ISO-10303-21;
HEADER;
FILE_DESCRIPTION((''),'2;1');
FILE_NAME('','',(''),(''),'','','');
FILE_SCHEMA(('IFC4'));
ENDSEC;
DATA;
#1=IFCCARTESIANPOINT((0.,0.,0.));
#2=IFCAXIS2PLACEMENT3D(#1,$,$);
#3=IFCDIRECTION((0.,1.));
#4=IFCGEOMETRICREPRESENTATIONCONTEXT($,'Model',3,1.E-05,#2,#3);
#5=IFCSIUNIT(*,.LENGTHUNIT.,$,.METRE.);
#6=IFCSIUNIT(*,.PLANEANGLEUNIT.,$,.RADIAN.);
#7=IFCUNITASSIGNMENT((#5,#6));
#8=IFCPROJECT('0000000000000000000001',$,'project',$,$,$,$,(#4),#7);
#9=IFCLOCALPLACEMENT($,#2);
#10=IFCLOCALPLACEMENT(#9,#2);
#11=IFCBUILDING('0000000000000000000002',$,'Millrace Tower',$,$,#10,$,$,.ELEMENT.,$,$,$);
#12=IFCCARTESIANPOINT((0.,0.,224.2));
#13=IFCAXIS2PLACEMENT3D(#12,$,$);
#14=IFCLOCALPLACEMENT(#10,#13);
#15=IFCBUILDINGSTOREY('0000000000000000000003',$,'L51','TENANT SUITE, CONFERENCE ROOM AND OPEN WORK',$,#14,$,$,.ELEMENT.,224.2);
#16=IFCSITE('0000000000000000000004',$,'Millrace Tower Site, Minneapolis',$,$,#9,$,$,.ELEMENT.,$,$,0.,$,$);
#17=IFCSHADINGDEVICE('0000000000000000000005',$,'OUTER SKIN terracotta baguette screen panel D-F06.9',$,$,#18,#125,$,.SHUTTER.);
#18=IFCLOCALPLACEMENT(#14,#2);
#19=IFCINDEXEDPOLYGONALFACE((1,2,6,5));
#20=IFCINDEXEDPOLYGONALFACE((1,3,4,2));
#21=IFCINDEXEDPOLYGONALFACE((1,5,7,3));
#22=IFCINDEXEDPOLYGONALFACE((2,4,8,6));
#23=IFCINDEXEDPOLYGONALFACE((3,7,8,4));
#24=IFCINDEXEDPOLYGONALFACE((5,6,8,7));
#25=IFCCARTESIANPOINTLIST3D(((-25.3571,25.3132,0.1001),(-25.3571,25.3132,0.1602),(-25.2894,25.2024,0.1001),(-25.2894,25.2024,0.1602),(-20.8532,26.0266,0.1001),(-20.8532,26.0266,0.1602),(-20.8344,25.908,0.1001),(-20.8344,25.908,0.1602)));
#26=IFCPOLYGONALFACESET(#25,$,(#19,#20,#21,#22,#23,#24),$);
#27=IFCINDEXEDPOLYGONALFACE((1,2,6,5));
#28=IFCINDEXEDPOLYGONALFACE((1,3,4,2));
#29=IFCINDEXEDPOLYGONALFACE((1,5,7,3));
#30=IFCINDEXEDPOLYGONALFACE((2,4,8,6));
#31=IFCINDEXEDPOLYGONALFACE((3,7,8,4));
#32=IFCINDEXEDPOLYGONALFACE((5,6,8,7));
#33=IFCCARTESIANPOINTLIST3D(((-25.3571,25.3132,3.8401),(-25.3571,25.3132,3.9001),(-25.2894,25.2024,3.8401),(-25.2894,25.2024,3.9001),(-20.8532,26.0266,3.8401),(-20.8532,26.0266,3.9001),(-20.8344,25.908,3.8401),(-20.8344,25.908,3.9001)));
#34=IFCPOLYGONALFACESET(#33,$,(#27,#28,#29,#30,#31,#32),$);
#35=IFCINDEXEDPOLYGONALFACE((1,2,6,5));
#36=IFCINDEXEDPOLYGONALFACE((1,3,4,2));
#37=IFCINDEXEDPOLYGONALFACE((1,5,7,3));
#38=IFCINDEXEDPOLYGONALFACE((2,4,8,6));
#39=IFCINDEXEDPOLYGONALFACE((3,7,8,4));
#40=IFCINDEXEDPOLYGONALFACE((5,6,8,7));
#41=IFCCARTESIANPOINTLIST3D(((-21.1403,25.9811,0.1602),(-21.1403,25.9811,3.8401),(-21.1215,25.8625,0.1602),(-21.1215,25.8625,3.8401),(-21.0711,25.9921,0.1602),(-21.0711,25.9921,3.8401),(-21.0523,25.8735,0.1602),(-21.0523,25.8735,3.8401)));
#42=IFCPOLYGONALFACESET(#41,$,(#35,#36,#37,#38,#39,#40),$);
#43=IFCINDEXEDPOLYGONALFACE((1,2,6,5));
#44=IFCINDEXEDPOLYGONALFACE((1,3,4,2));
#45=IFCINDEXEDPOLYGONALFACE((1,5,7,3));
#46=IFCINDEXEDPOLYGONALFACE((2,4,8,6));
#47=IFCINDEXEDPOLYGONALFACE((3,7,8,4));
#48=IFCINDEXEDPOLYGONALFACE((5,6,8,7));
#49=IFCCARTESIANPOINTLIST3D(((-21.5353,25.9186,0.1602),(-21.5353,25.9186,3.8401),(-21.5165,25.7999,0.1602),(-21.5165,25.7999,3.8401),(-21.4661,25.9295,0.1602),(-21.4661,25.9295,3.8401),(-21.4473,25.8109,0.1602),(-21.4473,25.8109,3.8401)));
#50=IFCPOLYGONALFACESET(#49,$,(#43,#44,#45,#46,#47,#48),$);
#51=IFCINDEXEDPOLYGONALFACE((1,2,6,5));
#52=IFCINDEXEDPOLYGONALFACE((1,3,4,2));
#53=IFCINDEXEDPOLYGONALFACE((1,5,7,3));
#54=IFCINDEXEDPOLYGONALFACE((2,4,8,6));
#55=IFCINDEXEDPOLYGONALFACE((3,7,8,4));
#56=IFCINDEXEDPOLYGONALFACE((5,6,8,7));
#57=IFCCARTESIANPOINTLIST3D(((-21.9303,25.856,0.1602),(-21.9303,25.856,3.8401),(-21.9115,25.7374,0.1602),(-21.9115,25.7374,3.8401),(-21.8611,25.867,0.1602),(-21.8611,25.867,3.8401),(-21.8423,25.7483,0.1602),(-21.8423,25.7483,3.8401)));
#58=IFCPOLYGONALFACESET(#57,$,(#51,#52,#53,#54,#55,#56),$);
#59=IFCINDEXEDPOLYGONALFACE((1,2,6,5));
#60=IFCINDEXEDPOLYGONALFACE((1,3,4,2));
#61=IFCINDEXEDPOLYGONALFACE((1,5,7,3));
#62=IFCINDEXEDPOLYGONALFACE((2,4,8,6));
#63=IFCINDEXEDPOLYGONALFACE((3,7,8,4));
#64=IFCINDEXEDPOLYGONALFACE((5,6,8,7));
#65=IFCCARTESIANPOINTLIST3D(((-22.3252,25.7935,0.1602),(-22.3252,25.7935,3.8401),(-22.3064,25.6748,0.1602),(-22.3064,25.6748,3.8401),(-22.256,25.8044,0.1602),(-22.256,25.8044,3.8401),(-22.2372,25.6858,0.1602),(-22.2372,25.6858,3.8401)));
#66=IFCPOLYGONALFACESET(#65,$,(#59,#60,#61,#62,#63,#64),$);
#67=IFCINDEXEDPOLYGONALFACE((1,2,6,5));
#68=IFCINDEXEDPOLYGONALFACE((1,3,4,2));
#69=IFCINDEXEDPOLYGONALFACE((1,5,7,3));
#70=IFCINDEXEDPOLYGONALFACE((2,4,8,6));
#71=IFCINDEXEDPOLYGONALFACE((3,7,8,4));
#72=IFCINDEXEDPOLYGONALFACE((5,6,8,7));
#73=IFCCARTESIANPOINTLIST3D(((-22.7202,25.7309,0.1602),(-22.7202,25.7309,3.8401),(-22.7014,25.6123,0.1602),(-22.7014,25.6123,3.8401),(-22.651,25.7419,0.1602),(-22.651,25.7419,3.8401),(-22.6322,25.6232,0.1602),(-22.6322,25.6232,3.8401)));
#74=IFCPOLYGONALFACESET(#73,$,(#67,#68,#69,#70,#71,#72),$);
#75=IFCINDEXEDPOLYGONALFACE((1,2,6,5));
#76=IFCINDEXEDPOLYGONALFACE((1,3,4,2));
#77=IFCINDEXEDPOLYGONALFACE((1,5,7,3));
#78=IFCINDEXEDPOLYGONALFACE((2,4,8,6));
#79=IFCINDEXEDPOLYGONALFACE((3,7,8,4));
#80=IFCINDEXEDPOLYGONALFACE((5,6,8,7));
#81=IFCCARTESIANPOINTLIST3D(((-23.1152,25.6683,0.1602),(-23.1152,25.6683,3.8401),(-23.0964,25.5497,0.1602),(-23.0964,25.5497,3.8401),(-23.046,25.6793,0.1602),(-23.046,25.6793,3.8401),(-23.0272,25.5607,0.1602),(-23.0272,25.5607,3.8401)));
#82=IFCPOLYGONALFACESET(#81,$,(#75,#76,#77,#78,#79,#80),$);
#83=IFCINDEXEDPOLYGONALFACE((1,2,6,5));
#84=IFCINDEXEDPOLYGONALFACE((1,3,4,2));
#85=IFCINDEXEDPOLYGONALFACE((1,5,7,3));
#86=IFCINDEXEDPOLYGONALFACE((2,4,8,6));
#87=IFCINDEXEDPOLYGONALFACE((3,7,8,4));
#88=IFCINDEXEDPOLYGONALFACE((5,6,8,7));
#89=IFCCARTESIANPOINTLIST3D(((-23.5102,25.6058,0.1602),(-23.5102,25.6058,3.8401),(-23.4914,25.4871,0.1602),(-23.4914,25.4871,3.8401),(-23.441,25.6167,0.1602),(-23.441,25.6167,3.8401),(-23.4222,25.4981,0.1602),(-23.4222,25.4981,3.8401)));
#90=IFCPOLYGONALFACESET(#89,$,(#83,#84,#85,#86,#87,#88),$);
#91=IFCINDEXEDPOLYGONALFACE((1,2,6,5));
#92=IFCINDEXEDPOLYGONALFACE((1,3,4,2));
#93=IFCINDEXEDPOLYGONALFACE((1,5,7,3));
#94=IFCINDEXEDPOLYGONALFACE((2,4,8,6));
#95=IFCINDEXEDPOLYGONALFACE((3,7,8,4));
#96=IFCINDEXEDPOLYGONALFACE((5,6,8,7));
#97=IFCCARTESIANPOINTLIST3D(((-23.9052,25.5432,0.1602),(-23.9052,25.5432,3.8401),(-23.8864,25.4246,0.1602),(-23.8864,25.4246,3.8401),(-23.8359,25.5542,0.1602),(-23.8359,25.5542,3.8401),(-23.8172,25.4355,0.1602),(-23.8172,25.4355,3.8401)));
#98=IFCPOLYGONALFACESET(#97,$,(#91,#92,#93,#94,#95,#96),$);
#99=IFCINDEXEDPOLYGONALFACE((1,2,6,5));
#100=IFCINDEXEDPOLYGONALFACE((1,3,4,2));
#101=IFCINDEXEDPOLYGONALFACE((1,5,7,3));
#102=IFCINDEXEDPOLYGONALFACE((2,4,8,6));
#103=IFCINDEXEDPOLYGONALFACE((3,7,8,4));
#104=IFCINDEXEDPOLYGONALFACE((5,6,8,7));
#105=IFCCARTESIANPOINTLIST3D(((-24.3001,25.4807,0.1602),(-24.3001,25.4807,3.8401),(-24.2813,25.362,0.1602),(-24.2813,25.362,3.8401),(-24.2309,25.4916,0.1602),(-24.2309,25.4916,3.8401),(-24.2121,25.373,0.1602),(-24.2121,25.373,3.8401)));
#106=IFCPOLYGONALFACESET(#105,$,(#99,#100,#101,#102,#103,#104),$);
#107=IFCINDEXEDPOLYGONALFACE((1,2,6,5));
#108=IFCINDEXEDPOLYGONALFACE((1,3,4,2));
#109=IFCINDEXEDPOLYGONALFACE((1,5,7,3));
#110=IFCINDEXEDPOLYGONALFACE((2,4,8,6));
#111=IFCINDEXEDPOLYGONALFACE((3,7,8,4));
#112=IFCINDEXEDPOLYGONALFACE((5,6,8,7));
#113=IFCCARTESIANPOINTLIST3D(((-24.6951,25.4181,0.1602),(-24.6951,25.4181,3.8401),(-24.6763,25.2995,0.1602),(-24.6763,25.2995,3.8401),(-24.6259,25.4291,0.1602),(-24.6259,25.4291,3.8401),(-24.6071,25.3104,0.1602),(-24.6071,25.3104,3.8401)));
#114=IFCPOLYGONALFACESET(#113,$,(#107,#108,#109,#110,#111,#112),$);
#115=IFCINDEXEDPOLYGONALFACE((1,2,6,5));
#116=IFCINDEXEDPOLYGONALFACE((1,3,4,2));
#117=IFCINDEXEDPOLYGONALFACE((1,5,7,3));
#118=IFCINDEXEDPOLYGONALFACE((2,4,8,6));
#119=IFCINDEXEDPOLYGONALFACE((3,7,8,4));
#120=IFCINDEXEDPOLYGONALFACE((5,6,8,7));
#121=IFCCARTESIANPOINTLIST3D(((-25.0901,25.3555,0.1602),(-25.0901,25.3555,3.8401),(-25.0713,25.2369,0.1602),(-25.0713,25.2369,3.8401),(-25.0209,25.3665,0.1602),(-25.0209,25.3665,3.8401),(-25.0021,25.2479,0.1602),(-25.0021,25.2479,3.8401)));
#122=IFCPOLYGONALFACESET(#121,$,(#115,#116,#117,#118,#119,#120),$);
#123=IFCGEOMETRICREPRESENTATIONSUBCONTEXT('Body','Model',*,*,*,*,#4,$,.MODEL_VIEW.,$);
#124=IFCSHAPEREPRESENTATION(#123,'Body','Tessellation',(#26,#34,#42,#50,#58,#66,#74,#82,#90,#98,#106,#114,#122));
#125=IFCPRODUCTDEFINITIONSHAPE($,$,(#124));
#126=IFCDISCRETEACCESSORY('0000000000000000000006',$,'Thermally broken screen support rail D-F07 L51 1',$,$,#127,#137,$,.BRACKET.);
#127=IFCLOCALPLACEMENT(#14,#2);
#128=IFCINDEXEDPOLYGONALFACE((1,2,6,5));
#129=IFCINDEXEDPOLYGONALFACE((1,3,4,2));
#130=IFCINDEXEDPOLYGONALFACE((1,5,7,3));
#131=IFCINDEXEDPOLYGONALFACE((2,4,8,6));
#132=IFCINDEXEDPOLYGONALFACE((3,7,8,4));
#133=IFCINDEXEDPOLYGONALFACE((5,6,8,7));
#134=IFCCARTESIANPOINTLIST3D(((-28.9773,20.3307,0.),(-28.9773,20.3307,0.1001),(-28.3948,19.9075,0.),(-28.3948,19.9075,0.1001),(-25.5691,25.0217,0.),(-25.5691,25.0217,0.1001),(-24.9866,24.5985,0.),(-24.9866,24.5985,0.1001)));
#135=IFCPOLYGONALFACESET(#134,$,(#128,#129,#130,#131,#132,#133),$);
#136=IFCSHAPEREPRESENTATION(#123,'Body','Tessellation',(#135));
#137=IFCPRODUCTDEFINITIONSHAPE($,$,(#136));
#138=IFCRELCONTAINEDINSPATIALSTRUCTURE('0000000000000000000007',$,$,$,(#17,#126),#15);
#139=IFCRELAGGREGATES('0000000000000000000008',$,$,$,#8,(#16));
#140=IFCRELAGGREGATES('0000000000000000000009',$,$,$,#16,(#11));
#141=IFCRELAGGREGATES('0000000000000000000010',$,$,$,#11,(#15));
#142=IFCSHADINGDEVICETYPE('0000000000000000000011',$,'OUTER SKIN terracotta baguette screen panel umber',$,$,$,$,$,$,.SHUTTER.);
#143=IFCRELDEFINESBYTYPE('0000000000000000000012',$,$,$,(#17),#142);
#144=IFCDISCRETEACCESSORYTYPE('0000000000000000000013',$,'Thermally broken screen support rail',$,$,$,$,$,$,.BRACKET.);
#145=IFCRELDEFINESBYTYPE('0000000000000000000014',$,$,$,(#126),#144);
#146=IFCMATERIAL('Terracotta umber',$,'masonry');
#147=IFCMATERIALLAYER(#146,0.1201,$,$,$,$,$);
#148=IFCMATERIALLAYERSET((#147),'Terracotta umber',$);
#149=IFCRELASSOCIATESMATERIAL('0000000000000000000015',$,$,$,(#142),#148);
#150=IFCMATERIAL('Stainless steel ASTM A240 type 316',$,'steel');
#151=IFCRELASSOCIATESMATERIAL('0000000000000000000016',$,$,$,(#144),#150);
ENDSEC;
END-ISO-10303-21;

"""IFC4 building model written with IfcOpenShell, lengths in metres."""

from ifc_helpers import new_model, entity, si_unit, direction, frame, frame_2d, origin, origin_2d, place, context, subcontext, project, spatial, rectangle, extrude, source, transform, mapped, material, layer, layer_set, type_object, element, save


model = new_model("IFC4")

# Units and contexts
model_context = context("Model", 3, precision=1e-05, world=origin(), true_north=direction((0.0, 1.0)))
body_context = subcontext(model_context, "Body", "Model", "MODEL_VIEW")
ifc_project = project(units=[si_unit("LENGTHUNIT", "METRE"), si_unit("PLANEANGLEUNIT", "RADIAN")], contexts=[model_context])

# Site, building, storey
site_placement = place(None, origin())
site = spatial("IfcSite", under=ifc_project, at=site_placement, Name="Millrace Tower Site, Minneapolis", CompositionType="ELEMENT", RefElevation=0.0)
building_placement = place(site_placement, origin())
building = spatial("IfcBuilding", under=site, at=building_placement, Name="Millrace Tower", CompositionType="ELEMENT")
storey_placement = place(building_placement, frame((0.0, 0.0, 224.2)))
storey = spatial("IfcBuildingStorey", under=building, at=storey_placement, Name="L51", Description="TENANT SUITE, CONFERENCE ROOM AND OPEN WORK", CompositionType="ELEMENT", Elevation=224.2)

# Shading device
ifc_material_1 = material(Name="Terracotta umber", Category="masonry")
ifc_layer_1 = layer(ifc_material_1, 0.1201)
ifc_layer_set_1 = layer_set([ifc_layer_1], Name="Terracotta umber")
shading_device_type = type_object("IfcShadingDeviceType", Name="OUTER SKIN terracotta baguette screen panel umber", PredefinedType="SHUTTER", material=ifc_layer_set_1)
cartesian_point_1 = entity("IfcCartesianPoint", [-2.2676, 0.0601])
shared_polyline_1 = entity("IfcPolyline", [cartesian_point_1, entity("IfcCartesianPoint", [2.2429, 0.0601]), entity("IfcCartesianPoint", [2.2925, -0.0601]), entity("IfcCartesianPoint", [-2.2676, -0.0601]), cartesian_point_1])
shared_shape_1 = source(origin(), body_context, "Body", "SweptSolid", [
    entity("IfcExtrudedAreaSolid", entity("IfcArbitraryClosedProfileDef", "AREA", None, shared_polyline_1), entity("IfcAxis2Placement3D", entity("IfcCartesianPoint", [0.0, 0.0, 0.0])), entity("IfcDirection", [0.0, 0.0, 1.0]), 0.0601),
    entity("IfcExtrudedAreaSolid", entity("IfcArbitraryClosedProfileDef", "AREA", None, shared_polyline_1), entity("IfcAxis2Placement3D", entity("IfcCartesianPoint", [0.0, 0.0, 3.74])), entity("IfcDirection", [0.0, 0.0, 1.0]), 0.0601),
    extrude(rectangle(XDim=0.0701, YDim=0.1201, at=frame_2d((-2.012, 0.0))), frame((0.0, 0.0, 0.0601)), (0.0, 0.0, 1.0), 3.6799),
    extrude(rectangle(XDim=0.0701, YDim=0.1201, at=frame_2d((-1.6121, 0.0))), frame((0.0, 0.0, 0.0601)), (0.0, 0.0, 1.0), 3.6799),
    extrude(rectangle(XDim=0.0701, YDim=0.1201, at=frame_2d((-1.2122, 0.0))), frame((0.0, 0.0, 0.0601)), (0.0, 0.0, 1.0), 3.6799),
    extrude(rectangle(XDim=0.0701, YDim=0.1201, at=frame_2d((-0.8123, 0.0))), frame((0.0, 0.0, 0.0601)), (0.0, 0.0, 1.0), 3.6799),
    extrude(rectangle(XDim=0.0701, YDim=0.1201, at=frame_2d((-0.4124, 0.0))), frame((0.0, 0.0, 0.0601)), (0.0, 0.0, 1.0), 3.6799),
    extrude(rectangle(XDim=0.0701, YDim=0.1201, at=frame_2d((-0.0125, 0.0))), frame((0.0, 0.0, 0.0601)), (0.0, 0.0, 1.0), 3.6799),
    extrude(rectangle(XDim=0.0701, YDim=0.1201, at=frame_2d((0.3875, 0.0))), frame((0.0, 0.0, 0.0601)), (0.0, 0.0, 1.0), 3.6799),
    extrude(rectangle(XDim=0.0701, YDim=0.1201, at=frame_2d((0.7874, 0.0))), frame((0.0, 0.0, 0.0601)), (0.0, 0.0, 1.0), 3.6799),
    extrude(rectangle(XDim=0.0701, YDim=0.1201, at=frame_2d((1.1873, 0.0))), frame((0.0, 0.0, 0.0601)), (0.0, 0.0, 1.0), 3.6799),
    extrude(rectangle(XDim=0.0701, YDim=0.1201, at=frame_2d((1.5872, 0.0))), frame((0.0, 0.0, 0.0601)), (0.0, 0.0, 1.0), 3.6799),
    extrude(rectangle(XDim=0.0701, YDim=0.1201, at=frame_2d((1.9871, 0.0))), frame((0.0, 0.0, 0.0601)), (0.0, 0.0, 1.0), 3.6799),
])
shading_device_1_placement = place(storey_placement, frame((-23.0835, 25.6125, 0.1001), z_axis=(0.0, 0.0, 1.0), x_axis=(-0.987688, -0.156434, 0.0)))
element("IfcShadingDevice", 1, at=shading_device_1_placement, inside=storey, type_object=shading_device_type, Name="OUTER SKIN terracotta baguette screen panel D-F06.9", PredefinedType="SHUTTER", context=body_context, shape_type="MappedRepresentation", body=[
    mapped(shared_shape_1, transform((0.0, 0.0, 0.0), scale=1.0)),
])

# Discrete accessory
ifc_material_2 = material(Name="Stainless steel ASTM A240 type 316", Category="steel")
discrete_accessory_type = type_object("IfcDiscreteAccessoryType", Name="Thermally broken screen support rail", PredefinedType="BRACKET", material=ifc_material_2)
discrete_accessory_placement = place(storey_placement, frame((-26.9819, 22.4646, 0.0), z_axis=(0.0, 0.0, 1.0), x_axis=(-0.587785, -0.809017, 0.0)))
element("IfcDiscreteAccessory", 2, at=discrete_accessory_placement, inside=storey, type_object=discrete_accessory_type, Name="Thermally broken screen support rail D-F07 L51 1", PredefinedType="BRACKET", context=body_context, shape_type="SweptSolid", body=[
    extrude(rectangle(XDim=5.7983, YDim=0.72, at=origin_2d()), origin(), (0.0, 0.0, 1.0), 0.1001),
])

save(model, "model.ifc")
